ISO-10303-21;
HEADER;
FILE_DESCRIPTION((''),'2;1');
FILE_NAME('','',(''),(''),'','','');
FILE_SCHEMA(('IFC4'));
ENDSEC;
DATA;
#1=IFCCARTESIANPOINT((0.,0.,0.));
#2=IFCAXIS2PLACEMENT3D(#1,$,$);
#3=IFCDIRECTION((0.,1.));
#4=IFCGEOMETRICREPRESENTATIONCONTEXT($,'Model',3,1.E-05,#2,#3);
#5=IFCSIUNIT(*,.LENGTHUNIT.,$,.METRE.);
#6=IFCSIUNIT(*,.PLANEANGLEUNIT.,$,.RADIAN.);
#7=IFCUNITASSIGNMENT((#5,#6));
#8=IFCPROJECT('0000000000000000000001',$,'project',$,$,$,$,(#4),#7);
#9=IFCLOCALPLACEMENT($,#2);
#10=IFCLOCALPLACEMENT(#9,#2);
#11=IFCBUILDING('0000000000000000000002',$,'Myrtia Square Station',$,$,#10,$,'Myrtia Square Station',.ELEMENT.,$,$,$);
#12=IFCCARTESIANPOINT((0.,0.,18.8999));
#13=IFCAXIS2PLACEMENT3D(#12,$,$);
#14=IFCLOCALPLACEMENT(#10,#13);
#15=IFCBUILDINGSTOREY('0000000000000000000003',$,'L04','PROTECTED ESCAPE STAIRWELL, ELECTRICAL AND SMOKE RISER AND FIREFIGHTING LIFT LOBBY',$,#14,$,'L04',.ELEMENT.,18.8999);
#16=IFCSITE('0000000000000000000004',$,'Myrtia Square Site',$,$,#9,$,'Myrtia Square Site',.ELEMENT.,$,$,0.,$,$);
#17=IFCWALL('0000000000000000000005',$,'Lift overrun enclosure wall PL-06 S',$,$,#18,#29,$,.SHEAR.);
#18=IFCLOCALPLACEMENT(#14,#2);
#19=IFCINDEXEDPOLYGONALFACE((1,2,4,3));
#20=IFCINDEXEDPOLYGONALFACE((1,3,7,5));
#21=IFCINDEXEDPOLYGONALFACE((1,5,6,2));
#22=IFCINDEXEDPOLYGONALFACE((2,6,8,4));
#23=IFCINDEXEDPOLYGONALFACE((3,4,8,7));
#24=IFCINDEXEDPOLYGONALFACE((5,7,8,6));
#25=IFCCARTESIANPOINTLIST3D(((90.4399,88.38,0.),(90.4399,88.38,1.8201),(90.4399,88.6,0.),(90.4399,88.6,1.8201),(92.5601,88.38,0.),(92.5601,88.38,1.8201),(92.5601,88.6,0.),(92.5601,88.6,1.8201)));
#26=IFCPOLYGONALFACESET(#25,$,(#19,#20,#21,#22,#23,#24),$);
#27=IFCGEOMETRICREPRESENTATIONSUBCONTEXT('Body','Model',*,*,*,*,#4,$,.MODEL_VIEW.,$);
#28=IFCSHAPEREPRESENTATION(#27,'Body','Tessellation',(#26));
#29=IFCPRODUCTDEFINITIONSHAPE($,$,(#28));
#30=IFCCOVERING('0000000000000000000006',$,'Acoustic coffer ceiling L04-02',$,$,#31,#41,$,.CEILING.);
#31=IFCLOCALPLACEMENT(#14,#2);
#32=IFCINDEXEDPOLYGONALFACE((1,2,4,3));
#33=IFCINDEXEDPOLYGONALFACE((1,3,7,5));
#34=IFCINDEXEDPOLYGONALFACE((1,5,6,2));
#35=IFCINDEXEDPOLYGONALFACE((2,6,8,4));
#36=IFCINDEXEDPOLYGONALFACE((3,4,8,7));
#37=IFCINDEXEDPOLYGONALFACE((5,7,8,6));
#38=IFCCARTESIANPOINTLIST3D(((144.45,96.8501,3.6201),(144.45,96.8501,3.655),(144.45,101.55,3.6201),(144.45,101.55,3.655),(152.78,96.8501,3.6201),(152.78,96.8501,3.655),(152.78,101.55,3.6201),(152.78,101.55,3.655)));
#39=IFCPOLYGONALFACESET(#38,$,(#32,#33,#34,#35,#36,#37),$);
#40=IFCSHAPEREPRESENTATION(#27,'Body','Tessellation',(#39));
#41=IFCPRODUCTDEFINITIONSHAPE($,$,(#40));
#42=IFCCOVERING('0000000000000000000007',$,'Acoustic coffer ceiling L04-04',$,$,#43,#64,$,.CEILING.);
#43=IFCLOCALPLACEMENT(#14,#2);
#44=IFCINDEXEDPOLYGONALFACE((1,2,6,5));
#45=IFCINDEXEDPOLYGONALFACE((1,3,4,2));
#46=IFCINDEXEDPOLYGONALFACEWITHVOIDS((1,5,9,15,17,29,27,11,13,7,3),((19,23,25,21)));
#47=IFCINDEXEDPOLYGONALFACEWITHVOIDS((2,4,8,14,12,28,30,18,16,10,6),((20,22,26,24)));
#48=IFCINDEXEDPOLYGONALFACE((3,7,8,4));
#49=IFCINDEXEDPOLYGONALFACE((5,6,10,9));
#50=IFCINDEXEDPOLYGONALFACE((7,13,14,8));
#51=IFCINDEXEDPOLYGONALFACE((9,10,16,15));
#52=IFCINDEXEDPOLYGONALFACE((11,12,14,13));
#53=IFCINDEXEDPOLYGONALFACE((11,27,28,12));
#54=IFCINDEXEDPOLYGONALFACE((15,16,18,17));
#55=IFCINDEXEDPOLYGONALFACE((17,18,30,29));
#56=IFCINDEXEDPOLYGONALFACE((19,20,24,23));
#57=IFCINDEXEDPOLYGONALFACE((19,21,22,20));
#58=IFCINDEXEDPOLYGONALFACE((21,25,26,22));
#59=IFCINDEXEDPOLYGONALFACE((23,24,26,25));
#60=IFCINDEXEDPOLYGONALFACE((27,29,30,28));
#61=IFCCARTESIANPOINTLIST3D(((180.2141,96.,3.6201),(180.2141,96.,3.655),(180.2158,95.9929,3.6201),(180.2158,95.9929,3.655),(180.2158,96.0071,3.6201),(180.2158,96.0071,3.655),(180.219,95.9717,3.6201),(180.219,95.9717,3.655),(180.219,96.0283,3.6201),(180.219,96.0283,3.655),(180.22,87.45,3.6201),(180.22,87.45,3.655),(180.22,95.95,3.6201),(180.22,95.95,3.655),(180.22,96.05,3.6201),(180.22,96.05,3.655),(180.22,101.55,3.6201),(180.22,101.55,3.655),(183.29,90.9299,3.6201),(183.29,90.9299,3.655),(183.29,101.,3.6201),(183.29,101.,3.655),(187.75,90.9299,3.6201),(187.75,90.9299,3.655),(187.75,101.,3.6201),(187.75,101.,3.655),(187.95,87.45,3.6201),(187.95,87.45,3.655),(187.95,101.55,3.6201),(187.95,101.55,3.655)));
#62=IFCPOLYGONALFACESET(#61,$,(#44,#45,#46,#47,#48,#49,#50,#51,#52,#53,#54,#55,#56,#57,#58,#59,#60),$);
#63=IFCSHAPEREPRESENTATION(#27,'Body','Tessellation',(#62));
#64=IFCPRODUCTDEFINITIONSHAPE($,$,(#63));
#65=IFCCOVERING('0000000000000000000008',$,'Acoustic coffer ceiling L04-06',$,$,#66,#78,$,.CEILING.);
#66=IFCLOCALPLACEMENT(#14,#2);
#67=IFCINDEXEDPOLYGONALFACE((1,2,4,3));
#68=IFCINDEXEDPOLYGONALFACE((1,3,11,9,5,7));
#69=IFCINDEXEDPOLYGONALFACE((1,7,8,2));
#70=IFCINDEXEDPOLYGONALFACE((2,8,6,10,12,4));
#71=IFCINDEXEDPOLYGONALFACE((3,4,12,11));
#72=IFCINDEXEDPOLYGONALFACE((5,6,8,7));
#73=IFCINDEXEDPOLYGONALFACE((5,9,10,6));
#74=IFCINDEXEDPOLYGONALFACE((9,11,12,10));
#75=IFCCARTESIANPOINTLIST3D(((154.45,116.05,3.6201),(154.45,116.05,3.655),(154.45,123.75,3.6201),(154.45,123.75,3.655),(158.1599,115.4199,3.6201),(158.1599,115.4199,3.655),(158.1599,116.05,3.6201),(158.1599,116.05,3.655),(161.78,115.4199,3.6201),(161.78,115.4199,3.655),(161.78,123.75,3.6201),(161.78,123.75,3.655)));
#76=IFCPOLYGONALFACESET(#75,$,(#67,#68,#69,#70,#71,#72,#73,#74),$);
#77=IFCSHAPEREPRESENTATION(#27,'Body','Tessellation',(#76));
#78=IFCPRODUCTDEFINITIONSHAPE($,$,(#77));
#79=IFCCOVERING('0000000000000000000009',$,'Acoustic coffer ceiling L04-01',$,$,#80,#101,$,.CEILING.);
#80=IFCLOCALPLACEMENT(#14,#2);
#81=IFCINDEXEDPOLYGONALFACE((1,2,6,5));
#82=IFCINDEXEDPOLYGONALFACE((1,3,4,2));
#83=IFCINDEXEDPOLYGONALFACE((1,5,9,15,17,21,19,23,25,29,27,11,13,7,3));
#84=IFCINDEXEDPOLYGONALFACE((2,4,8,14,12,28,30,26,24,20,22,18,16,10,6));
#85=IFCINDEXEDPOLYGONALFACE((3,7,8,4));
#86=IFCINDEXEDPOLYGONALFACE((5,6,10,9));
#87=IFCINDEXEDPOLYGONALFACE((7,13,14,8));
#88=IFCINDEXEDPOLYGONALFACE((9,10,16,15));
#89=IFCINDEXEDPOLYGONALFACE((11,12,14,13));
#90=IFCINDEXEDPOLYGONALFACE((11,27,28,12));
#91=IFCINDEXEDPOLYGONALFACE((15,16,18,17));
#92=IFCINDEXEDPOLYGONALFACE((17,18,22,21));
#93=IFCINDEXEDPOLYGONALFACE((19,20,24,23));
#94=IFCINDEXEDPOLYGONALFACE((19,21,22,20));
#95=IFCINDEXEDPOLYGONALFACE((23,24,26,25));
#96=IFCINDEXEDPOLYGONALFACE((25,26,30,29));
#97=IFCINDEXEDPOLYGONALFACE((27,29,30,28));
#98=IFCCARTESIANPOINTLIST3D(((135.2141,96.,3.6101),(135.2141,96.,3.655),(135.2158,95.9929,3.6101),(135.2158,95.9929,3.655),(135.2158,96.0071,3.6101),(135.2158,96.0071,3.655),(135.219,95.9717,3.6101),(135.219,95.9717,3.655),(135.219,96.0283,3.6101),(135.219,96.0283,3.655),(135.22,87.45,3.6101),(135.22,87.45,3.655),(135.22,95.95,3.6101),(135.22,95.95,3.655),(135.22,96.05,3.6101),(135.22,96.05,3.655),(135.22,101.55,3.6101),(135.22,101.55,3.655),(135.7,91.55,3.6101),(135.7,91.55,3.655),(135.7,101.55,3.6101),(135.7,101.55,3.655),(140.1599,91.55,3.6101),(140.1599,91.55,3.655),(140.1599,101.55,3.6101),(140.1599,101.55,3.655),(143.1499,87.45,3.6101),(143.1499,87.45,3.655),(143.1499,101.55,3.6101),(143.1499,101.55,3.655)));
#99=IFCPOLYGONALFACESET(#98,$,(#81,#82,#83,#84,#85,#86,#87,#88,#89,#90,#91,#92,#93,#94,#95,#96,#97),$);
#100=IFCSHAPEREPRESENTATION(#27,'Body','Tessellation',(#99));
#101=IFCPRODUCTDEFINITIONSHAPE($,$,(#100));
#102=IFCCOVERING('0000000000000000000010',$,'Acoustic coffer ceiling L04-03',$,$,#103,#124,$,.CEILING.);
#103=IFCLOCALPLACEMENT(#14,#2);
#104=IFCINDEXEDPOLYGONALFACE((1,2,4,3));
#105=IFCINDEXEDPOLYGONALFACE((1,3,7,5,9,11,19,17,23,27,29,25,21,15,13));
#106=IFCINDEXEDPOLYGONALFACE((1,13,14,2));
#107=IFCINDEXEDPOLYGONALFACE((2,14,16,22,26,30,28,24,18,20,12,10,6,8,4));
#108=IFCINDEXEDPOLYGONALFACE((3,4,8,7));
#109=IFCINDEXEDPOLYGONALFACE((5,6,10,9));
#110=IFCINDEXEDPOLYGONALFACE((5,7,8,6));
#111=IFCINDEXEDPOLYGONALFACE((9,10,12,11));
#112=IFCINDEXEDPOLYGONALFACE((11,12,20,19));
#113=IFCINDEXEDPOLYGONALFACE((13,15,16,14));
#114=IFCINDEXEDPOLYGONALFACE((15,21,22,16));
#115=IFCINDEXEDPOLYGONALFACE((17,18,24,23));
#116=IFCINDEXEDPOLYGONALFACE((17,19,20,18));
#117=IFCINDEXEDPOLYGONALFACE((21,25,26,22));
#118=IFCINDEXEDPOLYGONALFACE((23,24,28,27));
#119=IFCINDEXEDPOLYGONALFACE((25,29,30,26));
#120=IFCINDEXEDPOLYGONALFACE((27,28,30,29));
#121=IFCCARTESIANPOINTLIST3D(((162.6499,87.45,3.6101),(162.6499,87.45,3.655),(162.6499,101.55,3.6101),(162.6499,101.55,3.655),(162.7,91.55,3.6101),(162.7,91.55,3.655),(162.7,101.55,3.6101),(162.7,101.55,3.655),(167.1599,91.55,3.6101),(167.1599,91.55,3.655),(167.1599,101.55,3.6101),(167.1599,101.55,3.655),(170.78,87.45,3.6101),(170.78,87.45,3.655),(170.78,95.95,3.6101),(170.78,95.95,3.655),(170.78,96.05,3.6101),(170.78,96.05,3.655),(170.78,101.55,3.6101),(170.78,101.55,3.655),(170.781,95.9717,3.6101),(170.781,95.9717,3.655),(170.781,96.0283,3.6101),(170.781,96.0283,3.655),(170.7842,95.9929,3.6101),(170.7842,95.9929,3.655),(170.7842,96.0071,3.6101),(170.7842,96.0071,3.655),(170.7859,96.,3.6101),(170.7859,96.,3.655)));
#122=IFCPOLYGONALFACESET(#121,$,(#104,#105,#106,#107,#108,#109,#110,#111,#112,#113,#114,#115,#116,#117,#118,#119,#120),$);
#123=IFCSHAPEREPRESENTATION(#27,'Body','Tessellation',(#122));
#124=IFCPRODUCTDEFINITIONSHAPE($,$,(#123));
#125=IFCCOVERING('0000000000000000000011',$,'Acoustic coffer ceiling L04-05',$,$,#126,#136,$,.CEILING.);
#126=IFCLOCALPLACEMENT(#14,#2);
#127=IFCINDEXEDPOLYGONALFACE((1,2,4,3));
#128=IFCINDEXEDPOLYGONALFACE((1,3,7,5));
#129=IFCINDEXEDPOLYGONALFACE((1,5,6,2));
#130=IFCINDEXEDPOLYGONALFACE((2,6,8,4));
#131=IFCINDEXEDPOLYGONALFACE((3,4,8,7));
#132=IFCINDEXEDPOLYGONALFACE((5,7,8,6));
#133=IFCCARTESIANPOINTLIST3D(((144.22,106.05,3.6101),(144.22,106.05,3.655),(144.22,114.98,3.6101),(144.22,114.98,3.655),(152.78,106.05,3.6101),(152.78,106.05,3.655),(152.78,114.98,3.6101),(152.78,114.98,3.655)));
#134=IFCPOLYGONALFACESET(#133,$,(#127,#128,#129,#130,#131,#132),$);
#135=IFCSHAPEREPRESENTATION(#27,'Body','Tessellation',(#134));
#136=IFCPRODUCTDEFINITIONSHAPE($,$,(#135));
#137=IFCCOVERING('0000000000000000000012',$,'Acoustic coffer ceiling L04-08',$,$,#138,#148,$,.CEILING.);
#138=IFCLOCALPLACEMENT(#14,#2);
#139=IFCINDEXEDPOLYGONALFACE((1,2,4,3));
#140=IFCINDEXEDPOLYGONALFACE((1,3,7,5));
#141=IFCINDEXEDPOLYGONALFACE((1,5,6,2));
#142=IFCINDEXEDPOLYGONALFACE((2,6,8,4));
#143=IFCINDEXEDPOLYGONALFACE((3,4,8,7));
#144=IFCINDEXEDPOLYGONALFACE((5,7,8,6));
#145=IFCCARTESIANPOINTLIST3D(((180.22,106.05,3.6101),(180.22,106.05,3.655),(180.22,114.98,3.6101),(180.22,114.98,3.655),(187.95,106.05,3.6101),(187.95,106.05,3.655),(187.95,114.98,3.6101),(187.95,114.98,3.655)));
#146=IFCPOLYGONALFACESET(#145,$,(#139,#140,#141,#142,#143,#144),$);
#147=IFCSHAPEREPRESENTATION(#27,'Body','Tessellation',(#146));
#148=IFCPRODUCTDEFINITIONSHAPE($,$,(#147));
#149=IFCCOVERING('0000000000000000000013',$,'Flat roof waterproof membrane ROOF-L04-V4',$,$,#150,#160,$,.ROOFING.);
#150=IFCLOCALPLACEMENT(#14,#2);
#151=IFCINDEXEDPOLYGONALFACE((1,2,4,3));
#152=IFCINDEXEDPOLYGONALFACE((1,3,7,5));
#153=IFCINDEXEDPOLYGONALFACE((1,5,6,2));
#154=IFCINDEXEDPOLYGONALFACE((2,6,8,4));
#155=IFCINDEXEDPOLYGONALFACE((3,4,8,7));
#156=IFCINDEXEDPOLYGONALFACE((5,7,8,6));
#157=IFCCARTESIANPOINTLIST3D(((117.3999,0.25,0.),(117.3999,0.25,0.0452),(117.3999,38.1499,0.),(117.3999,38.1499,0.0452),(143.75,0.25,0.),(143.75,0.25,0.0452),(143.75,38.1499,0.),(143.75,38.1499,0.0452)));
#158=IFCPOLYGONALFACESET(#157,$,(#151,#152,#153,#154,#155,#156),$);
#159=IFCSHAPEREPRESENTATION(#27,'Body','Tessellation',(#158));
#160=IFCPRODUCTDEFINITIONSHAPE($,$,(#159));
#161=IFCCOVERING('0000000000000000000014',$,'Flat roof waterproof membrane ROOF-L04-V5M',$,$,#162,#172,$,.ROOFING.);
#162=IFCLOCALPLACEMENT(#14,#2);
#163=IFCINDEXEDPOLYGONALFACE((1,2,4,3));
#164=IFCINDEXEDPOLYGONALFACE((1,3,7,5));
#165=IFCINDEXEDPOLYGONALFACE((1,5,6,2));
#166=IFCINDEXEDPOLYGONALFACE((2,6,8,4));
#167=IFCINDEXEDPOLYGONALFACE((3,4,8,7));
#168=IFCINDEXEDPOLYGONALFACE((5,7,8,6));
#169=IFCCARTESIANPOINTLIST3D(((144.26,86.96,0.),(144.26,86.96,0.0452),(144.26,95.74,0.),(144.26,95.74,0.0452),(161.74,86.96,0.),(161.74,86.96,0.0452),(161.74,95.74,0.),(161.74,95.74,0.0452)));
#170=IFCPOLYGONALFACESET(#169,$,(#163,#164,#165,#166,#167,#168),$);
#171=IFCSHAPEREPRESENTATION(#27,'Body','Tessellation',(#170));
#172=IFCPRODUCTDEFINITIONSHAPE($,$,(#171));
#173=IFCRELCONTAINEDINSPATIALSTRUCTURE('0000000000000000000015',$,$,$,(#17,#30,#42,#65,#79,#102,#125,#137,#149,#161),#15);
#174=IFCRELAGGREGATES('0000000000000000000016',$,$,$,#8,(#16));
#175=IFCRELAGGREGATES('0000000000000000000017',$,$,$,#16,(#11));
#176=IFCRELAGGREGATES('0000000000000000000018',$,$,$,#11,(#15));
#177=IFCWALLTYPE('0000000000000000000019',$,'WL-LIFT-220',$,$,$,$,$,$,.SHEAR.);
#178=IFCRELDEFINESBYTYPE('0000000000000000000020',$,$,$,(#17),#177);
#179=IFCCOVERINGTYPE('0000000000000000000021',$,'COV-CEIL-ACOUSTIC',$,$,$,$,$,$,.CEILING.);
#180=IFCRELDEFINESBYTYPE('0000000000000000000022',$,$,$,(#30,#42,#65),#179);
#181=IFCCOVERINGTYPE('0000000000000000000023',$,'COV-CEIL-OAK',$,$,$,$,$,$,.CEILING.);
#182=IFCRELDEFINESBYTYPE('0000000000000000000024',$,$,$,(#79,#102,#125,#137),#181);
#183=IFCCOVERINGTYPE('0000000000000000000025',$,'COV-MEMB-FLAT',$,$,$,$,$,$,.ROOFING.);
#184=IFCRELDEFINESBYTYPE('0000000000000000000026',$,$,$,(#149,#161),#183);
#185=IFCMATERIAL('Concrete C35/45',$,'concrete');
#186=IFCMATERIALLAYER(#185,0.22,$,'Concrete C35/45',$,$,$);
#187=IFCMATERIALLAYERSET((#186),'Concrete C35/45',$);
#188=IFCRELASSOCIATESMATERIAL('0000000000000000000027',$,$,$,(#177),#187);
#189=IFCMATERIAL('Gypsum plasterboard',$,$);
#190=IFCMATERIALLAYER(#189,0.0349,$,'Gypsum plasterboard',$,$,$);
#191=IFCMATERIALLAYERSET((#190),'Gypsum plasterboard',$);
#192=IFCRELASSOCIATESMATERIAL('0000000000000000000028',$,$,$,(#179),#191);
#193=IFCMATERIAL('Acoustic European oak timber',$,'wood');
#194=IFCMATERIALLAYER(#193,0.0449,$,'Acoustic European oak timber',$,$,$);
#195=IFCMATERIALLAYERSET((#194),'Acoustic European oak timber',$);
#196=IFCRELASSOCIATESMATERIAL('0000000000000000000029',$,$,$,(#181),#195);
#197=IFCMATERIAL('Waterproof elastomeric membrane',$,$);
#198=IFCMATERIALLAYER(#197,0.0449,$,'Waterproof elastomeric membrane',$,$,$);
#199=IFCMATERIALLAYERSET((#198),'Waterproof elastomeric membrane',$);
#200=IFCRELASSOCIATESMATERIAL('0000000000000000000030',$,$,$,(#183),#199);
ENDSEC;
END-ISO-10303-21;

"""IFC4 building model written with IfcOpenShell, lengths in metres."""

from ifc_helpers import new_model, si_unit, direction, frame, frame_2d, origin, place, context, subcontext, project, spatial, polyline, rectangle, outline, extrude, material, layer, layer_set, type_object, element, save


model = new_model("IFC4")

# Units and contexts
model_context = context("Model", 3, precision=1e-05, world=origin(), true_north=direction((0.0, 1.0)))
body_context = subcontext(model_context, "Body", "Model", "MODEL_VIEW")
ifc_project = project(units=[si_unit("LENGTHUNIT", "METRE"), si_unit("PLANEANGLEUNIT", "RADIAN")], contexts=[model_context])

# Site, building, storey
site_placement = place(None, origin())
site = spatial("IfcSite", under=ifc_project, at=site_placement, Name="Myrtia Square Site", LongName="Myrtia Square Site", CompositionType="ELEMENT", RefElevation=0.0)
building_placement = place(site_placement, origin())
building = spatial("IfcBuilding", under=site, at=building_placement, Name="Myrtia Square Station", LongName="Myrtia Square Station", CompositionType="ELEMENT")
storey_placement = place(building_placement, frame((0.0, 0.0, 18.8999)))
storey = spatial("IfcBuildingStorey", under=building, at=storey_placement, Name="L04", Description="PROTECTED ESCAPE STAIRWELL, ELECTRICAL AND SMOKE RISER AND FIREFIGHTING LIFT LOBBY", LongName="L04", CompositionType="ELEMENT", Elevation=18.8999)

# Shared definitions
ifc_material_1 = material(Name="Concrete C35/45", Category="concrete")

# Wall
ifc_layer_1 = layer(ifc_material_1, 0.22, Name="Concrete C35/45")
ifc_layer_set_1 = layer_set([ifc_layer_1], Name="Concrete C35/45")
wall_type = type_object("IfcWallType", Name="WL-LIFT-220", PredefinedType="SHEAR", material=ifc_layer_set_1)
wall_1_placement = place(storey_placement, frame((90.4399, 88.49, 0.0), z_axis=(0.0, 0.0, 1.0), x_axis=(1.0, 0.0, 0.0)))
element("IfcWall", 1, at=wall_1_placement, inside=storey, type_object=wall_type, Name="Lift overrun enclosure wall PL-06 S", PredefinedType="SHEAR", context=body_context, shape_type="SweptSolid", body=[
    extrude(rectangle(XDim=2.1201, YDim=0.22, at=frame_2d((1.0601, 0.0))), origin(), (0.0, 0.0, 1.0), 1.8201),
])

# Coverings
ifc_material_2 = material(Name="Gypsum plasterboard")
ifc_layer_2 = layer(ifc_material_2, 0.0349, Name="Gypsum plasterboard")
ifc_layer_set_2 = layer_set([ifc_layer_2], Name="Gypsum plasterboard")
covering_type_1 = type_object("IfcCoveringType", Name="COV-CEIL-ACOUSTIC", PredefinedType="CEILING", material=ifc_layer_set_2)
covering_1_placement = place(storey_placement, frame((0.0, 0.0, 3.6201)))
element("IfcCovering", 2, at=covering_1_placement, inside=storey, type_object=covering_type_1, Name="Acoustic coffer ceiling L04-02", PredefinedType="CEILING", context=body_context, shape_type="SweptSolid", body=[
    extrude(outline(polyline([(152.78, 101.55), (152.78, 96.8501), (144.45, 96.8501), (144.45, 101.55), (152.78, 101.55)])), origin(), (0.0, 0.0, 1.0), 0.0349),
])
covering_2_placement = place(storey_placement, frame((0.0, 0.0, 3.6201)))
element("IfcCovering", 3, at=covering_2_placement, inside=storey, type_object=covering_type_1, Name="Acoustic coffer ceiling L04-04", PredefinedType="CEILING", context=body_context, shape_type="SweptSolid", body=[
    extrude(outline(polyline([(187.95, 101.55), (187.95, 87.45), (180.22, 87.45), (180.22, 95.95), (180.219, 95.9717), (180.2158, 95.9929), (180.2141, 96.0), (180.2158, 96.0071), (180.219, 96.0283), (180.22, 96.05), (180.22, 101.55), (187.95, 101.55)]), holes=[polyline([(183.29, 90.9299), (187.75, 90.9299), (187.75, 101.0), (183.29, 101.0), (183.29, 90.9299)])]), origin(), (0.0, 0.0, 1.0), 0.0349),
])
covering_3_placement = place(storey_placement, frame((0.0, 0.0, 3.6201)))
element("IfcCovering", 4, at=covering_3_placement, inside=storey, type_object=covering_type_1, Name="Acoustic coffer ceiling L04-06", PredefinedType="CEILING", context=body_context, shape_type="SweptSolid", body=[
    extrude(outline(polyline([(158.1599, 116.05), (154.45, 116.05), (154.45, 123.75), (161.78, 123.75), (161.78, 115.4199), (158.1599, 115.4199), (158.1599, 116.05)])), origin(), (0.0, 0.0, 1.0), 0.0349),
])
ifc_material_3 = material(Name="Acoustic European oak timber", Category="wood")
ifc_layer_3 = layer(ifc_material_3, 0.0449, Name="Acoustic European oak timber")
ifc_layer_set_3 = layer_set([ifc_layer_3], Name="Acoustic European oak timber")
covering_type_2 = type_object("IfcCoveringType", Name="COV-CEIL-OAK", PredefinedType="CEILING", material=ifc_layer_set_3)
covering_4_placement = place(storey_placement, frame((0.0, 0.0, 3.6101)))
element("IfcCovering", 5, at=covering_4_placement, inside=storey, type_object=covering_type_2, Name="Acoustic coffer ceiling L04-01", PredefinedType="CEILING", context=body_context, shape_type="SweptSolid", body=[
    extrude(outline(polyline([(135.7, 101.55), (135.7, 91.55), (140.1599, 91.55), (140.1599, 101.55), (143.1499, 101.55), (143.1499, 87.45), (135.22, 87.45), (135.22, 95.95), (135.219, 95.9717), (135.2158, 95.9929), (135.2141, 96.0), (135.2158, 96.0071), (135.219, 96.0283), (135.22, 96.05), (135.22, 101.55), (135.7, 101.55)])), origin(), (0.0, 0.0, 1.0), 0.0449),
])
covering_5_placement = place(storey_placement, frame((0.0, 0.0, 3.6101)))
element("IfcCovering", 6, at=covering_5_placement, inside=storey, type_object=covering_type_2, Name="Acoustic coffer ceiling L04-03", PredefinedType="CEILING", context=body_context, shape_type="SweptSolid", body=[
    extrude(outline(polyline([(162.7, 101.55), (162.7, 91.55), (167.1599, 91.55), (167.1599, 101.55), (170.78, 101.55), (170.78, 96.05), (170.781, 96.0283), (170.7842, 96.0071), (170.7859, 96.0), (170.7842, 95.9929), (170.781, 95.9717), (170.78, 95.95), (170.78, 87.45), (162.6499, 87.45), (162.6499, 101.55), (162.7, 101.55)])), origin(), (0.0, 0.0, 1.0), 0.0449),
])
covering_6_placement = place(storey_placement, frame((0.0, 0.0, 3.6101)))
element("IfcCovering", 7, at=covering_6_placement, inside=storey, type_object=covering_type_2, Name="Acoustic coffer ceiling L04-05", PredefinedType="CEILING", context=body_context, shape_type="SweptSolid", body=[
    extrude(outline(polyline([(144.22, 106.05), (144.22, 114.98), (152.78, 114.98), (152.78, 106.05), (144.22, 106.05)])), origin(), (0.0, 0.0, 1.0), 0.0449),
])
covering_7_placement = place(storey_placement, frame((0.0, 0.0, 3.6101)))
element("IfcCovering", 8, at=covering_7_placement, inside=storey, type_object=covering_type_2, Name="Acoustic coffer ceiling L04-08", PredefinedType="CEILING", context=body_context, shape_type="SweptSolid", body=[
    extrude(outline(polyline([(187.95, 106.05), (180.22, 106.05), (180.22, 114.98), (187.95, 114.98), (187.95, 106.05)])), origin(), (0.0, 0.0, 1.0), 0.0449),
])
ifc_material_4 = material(Name="Waterproof elastomeric membrane")
ifc_layer_4 = layer(ifc_material_4, 0.0449, Name="Waterproof elastomeric membrane")
ifc_layer_set_4 = layer_set([ifc_layer_4], Name="Waterproof elastomeric membrane")
covering_type_3 = type_object("IfcCoveringType", Name="COV-MEMB-FLAT", PredefinedType="ROOFING", material=ifc_layer_set_4)
covering_8_placement = place(storey_placement, origin())
element("IfcCovering", 9, at=covering_8_placement, inside=storey, type_object=covering_type_3, Name="Flat roof waterproof membrane ROOF-L04-V4", PredefinedType="ROOFING", context=body_context, shape_type="SweptSolid", body=[
    extrude(outline(polyline([(117.3999, 0.25), (143.75, 0.25), (143.75, 38.1499), (117.3999, 38.1499), (117.3999, 0.25)])), origin(), (0.0, 0.0, 1.0), 0.0452),
])
covering_9_placement = place(storey_placement, origin())
element("IfcCovering", 10, at=covering_9_placement, inside=storey, type_object=covering_type_3, Name="Flat roof waterproof membrane ROOF-L04-V5M", PredefinedType="ROOFING", context=body_context, shape_type="SweptSolid", body=[
    extrude(outline(polyline([(144.26, 86.96), (161.74, 86.96), (161.74, 95.74), (144.26, 95.74), (144.26, 86.96)])), origin(), (0.0, 0.0, 1.0), 0.0452),
])

save(model, "model.ifc")
